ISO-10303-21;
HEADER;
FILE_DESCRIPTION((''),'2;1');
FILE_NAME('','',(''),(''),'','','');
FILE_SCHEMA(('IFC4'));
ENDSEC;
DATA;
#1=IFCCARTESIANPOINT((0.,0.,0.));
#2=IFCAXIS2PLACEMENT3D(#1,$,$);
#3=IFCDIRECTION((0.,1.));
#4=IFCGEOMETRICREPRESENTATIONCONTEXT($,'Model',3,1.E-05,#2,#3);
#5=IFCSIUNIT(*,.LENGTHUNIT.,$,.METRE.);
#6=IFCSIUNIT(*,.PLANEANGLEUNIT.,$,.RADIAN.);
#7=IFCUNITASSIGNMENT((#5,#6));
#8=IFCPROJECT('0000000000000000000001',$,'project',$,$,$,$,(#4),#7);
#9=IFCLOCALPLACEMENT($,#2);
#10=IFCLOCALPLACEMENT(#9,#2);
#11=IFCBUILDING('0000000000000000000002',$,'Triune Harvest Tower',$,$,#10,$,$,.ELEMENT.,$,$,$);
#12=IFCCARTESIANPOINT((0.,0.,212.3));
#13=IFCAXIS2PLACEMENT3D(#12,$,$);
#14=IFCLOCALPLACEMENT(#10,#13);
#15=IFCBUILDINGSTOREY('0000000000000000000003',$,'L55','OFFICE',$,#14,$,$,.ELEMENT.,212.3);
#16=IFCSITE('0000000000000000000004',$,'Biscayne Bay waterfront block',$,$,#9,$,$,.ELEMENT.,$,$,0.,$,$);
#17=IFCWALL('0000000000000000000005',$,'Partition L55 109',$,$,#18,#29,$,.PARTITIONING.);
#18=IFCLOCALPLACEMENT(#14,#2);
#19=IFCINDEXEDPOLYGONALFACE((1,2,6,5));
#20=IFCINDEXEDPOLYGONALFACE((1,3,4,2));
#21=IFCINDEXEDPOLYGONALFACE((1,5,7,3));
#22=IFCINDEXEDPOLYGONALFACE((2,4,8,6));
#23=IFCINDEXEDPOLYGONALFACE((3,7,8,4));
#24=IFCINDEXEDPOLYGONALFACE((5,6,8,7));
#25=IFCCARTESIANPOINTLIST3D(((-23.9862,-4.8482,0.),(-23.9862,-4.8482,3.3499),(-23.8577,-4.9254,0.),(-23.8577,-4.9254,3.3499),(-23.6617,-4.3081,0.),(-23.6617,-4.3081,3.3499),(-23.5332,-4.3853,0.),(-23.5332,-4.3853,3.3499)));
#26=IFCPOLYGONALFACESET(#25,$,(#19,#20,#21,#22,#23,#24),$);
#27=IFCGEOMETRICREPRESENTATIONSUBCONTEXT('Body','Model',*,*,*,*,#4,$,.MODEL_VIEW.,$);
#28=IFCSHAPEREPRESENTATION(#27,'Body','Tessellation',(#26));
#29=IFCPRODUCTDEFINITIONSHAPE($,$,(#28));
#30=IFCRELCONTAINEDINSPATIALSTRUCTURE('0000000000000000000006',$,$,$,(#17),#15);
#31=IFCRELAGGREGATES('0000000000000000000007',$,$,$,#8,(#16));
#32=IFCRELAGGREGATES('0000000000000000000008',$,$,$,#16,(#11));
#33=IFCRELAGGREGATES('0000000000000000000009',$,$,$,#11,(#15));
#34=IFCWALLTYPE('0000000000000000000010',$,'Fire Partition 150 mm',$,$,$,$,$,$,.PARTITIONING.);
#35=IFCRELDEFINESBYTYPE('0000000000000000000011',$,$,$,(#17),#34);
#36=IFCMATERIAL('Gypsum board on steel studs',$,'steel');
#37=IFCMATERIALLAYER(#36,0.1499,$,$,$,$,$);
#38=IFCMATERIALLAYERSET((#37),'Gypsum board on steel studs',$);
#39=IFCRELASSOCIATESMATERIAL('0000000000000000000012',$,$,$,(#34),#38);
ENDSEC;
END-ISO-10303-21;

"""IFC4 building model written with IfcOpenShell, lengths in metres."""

from ifc_helpers import new_model, si_unit, direction, frame, frame_2d, origin, place, context, subcontext, project, spatial, rectangle, extrude, source, transform, mapped, material, layer, layer_set, type_object, element, save


model = new_model("IFC4")

# Units and contexts
model_context = context("Model", 3, precision=1e-05, world=origin(), true_north=direction((0.0, 1.0)))
body_context = subcontext(model_context, "Body", "Model", "MODEL_VIEW")
ifc_project = project(units=[si_unit("LENGTHUNIT", "METRE"), si_unit("PLANEANGLEUNIT", "RADIAN")], contexts=[model_context])

# Site, building, storey
site_placement = place(None, origin())
site = spatial("IfcSite", under=ifc_project, at=site_placement, Name="Biscayne Bay waterfront block", CompositionType="ELEMENT", RefElevation=0.0)
building_placement = place(site_placement, origin())
building = spatial("IfcBuilding", under=site, at=building_placement, Name="Triune Harvest Tower", CompositionType="ELEMENT")
storey_placement = place(building_placement, frame((0.0, 0.0, 212.3)))
storey = spatial("IfcBuildingStorey", under=building, at=storey_placement, Name="L55", Description="OFFICE", CompositionType="ELEMENT", Elevation=212.3)

# Shared definitions
ifc_material_1 = material(Name="Gypsum board on steel studs", Category="steel")
ifc_layer_1 = layer(ifc_material_1, 0.1499)
ifc_layer_set_1 = layer_set([ifc_layer_1], Name="Gypsum board on steel studs")
wall_type_1 = type_object("IfcWallType", Name="Fire Partition 150 mm", PredefinedType="PARTITIONING", material=ifc_layer_set_1)

# Wall
shared_shape_1 = source(origin(), body_context, "Body", "SweptSolid", [
    extrude(rectangle(XDim=0.6301, YDim=0.1499, at=frame_2d((0.3149, 0.0))), origin(), (0.0, 0.0, 1.0), 3.3499),
])
wall_1_placement = place(storey_placement, frame((-23.9219, -4.8867, 0.0), z_axis=(0.0, 0.0, 1.0), x_axis=(0.515009, 0.857185, 0.0)))
element("IfcWall", 1, at=wall_1_placement, inside=storey, type_object=wall_type_1, Name="Partition L55 109", PredefinedType="PARTITIONING", context=body_context, shape_type="MappedRepresentation", body=[
    mapped(shared_shape_1, transform((0.0, 0.0, 0.0), scale=1.0)),
])

save(model, "model.ifc")
